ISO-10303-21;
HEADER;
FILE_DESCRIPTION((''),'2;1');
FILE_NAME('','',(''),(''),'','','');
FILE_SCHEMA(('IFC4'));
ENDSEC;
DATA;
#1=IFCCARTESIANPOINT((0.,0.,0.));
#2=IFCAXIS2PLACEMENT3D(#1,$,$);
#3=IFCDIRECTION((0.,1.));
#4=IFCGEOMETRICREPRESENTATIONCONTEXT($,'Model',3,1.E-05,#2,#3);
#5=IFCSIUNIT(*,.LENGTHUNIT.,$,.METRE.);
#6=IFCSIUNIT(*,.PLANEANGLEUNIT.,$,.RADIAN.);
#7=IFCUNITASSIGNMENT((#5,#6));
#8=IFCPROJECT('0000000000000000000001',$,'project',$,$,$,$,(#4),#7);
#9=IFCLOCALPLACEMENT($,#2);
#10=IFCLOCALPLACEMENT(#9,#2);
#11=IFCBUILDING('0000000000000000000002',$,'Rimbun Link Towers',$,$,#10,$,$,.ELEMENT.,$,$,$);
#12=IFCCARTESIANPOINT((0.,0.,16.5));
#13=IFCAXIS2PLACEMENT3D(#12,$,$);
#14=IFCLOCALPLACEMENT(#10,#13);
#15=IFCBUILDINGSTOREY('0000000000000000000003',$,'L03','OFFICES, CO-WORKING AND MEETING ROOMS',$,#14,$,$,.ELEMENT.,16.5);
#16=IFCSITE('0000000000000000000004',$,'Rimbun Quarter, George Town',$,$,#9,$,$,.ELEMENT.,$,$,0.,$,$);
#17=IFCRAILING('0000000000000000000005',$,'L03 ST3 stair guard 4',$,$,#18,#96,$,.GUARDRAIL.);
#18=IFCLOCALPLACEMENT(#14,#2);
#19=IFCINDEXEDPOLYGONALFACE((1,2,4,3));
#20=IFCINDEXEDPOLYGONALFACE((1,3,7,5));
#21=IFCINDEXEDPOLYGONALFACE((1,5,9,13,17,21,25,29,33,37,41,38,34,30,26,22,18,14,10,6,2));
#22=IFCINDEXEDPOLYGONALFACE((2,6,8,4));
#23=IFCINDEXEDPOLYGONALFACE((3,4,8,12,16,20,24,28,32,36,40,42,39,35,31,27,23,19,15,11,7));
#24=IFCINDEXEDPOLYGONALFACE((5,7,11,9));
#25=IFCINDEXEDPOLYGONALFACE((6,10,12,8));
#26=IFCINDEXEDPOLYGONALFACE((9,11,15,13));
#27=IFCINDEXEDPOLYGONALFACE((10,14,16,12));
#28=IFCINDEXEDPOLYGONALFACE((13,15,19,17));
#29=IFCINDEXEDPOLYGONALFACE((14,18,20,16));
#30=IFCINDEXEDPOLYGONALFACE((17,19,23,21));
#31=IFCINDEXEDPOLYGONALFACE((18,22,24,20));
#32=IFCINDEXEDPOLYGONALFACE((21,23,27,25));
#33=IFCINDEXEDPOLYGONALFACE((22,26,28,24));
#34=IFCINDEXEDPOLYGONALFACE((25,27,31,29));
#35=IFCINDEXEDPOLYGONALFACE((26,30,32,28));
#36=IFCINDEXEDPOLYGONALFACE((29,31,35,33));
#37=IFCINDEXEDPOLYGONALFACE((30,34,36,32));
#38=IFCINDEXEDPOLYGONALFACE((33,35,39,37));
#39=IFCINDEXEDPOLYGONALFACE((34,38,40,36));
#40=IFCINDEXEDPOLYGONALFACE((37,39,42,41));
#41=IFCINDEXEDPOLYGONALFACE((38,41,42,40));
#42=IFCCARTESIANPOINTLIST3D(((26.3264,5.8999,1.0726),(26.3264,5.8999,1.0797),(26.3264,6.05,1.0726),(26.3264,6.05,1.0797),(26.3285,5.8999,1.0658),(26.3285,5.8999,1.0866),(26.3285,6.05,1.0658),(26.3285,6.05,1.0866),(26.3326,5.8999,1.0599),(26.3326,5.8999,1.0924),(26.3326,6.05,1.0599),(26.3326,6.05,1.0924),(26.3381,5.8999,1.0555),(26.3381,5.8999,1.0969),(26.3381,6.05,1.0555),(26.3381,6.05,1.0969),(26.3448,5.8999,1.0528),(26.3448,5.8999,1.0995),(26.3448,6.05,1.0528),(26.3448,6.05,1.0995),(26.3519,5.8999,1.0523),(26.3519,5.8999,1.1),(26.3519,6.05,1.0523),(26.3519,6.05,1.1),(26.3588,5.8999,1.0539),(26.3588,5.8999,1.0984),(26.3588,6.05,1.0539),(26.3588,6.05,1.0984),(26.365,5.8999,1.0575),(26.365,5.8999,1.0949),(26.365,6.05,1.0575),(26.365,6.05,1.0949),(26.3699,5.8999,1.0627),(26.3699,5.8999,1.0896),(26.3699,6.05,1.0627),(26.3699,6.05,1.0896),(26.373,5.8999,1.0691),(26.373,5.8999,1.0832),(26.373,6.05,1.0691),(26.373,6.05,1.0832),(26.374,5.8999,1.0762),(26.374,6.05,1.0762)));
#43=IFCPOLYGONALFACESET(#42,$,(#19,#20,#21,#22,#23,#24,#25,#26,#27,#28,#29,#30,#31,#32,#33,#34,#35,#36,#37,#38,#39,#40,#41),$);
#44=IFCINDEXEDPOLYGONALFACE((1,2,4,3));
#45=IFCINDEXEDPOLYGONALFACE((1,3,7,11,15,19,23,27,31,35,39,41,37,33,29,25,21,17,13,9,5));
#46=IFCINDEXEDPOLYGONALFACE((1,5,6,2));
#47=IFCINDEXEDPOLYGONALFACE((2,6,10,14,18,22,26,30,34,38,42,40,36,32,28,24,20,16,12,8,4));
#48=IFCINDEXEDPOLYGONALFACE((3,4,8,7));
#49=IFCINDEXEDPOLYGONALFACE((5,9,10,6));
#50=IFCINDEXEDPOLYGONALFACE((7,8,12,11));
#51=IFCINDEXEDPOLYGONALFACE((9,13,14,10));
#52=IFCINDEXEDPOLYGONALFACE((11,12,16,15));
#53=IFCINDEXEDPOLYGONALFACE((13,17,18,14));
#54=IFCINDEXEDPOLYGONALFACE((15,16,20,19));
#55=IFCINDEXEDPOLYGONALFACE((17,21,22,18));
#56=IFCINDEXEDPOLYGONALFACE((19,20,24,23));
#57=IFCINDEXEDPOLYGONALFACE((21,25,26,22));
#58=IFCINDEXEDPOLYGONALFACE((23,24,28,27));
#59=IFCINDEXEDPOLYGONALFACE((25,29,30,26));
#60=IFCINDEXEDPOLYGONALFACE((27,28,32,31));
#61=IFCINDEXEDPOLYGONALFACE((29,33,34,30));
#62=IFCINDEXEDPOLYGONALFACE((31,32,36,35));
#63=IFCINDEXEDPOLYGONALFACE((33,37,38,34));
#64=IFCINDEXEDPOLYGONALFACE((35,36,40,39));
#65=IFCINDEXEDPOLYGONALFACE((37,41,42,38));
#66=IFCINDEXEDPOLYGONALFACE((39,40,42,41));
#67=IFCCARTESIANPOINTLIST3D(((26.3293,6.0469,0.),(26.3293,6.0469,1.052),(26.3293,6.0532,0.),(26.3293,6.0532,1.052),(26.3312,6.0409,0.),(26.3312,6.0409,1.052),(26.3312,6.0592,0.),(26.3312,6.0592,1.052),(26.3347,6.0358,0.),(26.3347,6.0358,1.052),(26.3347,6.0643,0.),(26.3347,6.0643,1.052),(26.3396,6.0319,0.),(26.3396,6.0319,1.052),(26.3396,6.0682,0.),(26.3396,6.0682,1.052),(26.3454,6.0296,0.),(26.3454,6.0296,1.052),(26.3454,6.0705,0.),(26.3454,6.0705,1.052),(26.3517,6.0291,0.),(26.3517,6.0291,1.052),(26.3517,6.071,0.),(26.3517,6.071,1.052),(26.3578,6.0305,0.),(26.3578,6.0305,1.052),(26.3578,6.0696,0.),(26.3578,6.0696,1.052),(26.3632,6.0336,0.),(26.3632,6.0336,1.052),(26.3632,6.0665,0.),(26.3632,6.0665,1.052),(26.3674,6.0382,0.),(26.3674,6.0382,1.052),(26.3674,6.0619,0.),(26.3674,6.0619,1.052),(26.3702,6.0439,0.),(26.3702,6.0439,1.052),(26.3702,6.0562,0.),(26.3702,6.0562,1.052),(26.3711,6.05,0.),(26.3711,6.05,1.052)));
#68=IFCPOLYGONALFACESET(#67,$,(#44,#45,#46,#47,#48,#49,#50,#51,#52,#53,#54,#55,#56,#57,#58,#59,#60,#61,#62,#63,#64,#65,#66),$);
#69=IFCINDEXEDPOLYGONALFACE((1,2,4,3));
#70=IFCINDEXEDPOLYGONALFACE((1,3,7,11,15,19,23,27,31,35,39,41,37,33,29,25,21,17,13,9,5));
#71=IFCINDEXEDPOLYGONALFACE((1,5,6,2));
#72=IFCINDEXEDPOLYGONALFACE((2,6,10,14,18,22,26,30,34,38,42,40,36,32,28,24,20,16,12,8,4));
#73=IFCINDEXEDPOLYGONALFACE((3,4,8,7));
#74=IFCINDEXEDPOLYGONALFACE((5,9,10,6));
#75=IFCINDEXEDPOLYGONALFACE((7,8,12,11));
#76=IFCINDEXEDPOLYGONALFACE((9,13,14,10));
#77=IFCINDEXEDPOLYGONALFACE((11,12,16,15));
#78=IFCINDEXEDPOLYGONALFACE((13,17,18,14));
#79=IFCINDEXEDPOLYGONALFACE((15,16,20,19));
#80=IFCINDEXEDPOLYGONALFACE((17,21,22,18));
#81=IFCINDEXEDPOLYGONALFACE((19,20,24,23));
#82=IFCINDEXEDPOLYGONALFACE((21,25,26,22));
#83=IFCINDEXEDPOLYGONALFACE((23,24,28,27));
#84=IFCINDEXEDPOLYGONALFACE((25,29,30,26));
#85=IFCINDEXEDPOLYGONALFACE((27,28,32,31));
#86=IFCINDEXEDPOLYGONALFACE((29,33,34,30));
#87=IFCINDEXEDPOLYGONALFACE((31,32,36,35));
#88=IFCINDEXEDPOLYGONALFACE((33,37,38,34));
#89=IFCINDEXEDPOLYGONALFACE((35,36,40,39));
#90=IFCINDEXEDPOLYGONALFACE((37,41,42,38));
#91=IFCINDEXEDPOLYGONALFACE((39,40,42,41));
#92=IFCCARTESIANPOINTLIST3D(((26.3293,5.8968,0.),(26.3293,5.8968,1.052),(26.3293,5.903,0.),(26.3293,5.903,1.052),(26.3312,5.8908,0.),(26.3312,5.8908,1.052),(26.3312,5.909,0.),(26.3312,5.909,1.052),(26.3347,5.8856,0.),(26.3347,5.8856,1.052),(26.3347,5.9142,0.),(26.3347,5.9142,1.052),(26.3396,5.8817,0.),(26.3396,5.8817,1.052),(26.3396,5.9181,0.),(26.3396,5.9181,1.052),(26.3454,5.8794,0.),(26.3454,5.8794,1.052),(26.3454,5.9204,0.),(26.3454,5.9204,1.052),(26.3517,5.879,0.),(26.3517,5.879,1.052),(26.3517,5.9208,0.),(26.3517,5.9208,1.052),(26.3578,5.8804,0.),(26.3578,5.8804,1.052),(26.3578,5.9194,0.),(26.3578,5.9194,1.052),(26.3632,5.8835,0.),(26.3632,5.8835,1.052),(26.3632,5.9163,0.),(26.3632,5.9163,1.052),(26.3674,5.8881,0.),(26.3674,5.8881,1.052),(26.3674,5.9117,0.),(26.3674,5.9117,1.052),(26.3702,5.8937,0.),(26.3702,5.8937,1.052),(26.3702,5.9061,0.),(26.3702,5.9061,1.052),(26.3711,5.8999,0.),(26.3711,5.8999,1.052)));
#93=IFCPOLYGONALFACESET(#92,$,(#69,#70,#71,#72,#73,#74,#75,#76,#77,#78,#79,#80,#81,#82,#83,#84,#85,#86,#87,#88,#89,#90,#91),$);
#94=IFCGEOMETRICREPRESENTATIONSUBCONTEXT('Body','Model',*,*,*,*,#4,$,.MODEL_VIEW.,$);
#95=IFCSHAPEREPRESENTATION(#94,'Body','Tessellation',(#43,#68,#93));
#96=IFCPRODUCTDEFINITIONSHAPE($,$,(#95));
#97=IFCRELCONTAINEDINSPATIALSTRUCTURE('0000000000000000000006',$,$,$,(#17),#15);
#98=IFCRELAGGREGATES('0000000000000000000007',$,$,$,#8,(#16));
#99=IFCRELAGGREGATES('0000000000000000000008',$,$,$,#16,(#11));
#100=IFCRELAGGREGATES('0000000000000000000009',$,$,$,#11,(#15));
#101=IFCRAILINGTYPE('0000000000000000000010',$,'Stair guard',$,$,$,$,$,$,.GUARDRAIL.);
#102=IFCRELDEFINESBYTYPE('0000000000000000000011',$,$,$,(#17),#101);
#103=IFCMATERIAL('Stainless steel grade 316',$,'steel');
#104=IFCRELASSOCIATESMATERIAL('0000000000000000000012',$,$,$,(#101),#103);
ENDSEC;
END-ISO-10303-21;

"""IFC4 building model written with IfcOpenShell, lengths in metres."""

from ifc_helpers import new_model, si_unit, direction, frame, origin, origin_2d, place, context, subcontext, project, spatial, circle, extrude, material, type_object, element, save


model = new_model("IFC4")

# Units and contexts
model_context = context("Model", 3, precision=1e-05, world=origin(), true_north=direction((0.0, 1.0)))
body_context = subcontext(model_context, "Body", "Model", "MODEL_VIEW")
ifc_project = project(units=[si_unit("LENGTHUNIT", "METRE"), si_unit("PLANEANGLEUNIT", "RADIAN")], contexts=[model_context])

# Site, building, storey
site_placement = place(None, origin())
site = spatial("IfcSite", under=ifc_project, at=site_placement, Name="Rimbun Quarter, George Town", CompositionType="ELEMENT", RefElevation=0.0)
building_placement = place(site_placement, origin())
building = spatial("IfcBuilding", under=site, at=building_placement, Name="Rimbun Link Towers", CompositionType="ELEMENT")
storey_placement = place(building_placement, frame((0.0, 0.0, 16.5)))
storey = spatial("IfcBuildingStorey", under=building, at=storey_placement, Name="L03", Description="OFFICES, CO-WORKING AND MEETING ROOMS", CompositionType="ELEMENT", Elevation=16.5)

# Railing
ifc_material_1 = material(Name="Stainless steel grade 316", Category="steel")
railing_type_1 = type_object("IfcRailingType", Name="Stair guard", PredefinedType="GUARDRAIL", material=ifc_material_1)
railing_1_placement = place(storey_placement, frame((26.3501, 6.05, 0.0)))
element("IfcRailing", 1, at=railing_1_placement, inside=storey, type_object=railing_type_1, Name="L03 ST3 stair guard 4", PredefinedType="GUARDRAIL", context=body_context, shape_type="SweptSolid", body=[
    extrude(circle(Radius=0.0239, at=origin_2d()), frame((0.0, 0.0, 1.0762), z_axis=(0.0, -1.0, 0.0), x_axis=(1.0, 0.0, 0.0)), (0.0, 0.0, 1.0), 0.1501),
    extrude(circle(Radius=0.021, at=origin_2d()), origin(), (0.0, 0.0, 1.0), 1.052),
    extrude(circle(Radius=0.021, at=origin_2d()), frame((0.0, -0.1501, 0.0)), (0.0, 0.0, 1.0), 1.052),
])

save(model, "model.ifc")
